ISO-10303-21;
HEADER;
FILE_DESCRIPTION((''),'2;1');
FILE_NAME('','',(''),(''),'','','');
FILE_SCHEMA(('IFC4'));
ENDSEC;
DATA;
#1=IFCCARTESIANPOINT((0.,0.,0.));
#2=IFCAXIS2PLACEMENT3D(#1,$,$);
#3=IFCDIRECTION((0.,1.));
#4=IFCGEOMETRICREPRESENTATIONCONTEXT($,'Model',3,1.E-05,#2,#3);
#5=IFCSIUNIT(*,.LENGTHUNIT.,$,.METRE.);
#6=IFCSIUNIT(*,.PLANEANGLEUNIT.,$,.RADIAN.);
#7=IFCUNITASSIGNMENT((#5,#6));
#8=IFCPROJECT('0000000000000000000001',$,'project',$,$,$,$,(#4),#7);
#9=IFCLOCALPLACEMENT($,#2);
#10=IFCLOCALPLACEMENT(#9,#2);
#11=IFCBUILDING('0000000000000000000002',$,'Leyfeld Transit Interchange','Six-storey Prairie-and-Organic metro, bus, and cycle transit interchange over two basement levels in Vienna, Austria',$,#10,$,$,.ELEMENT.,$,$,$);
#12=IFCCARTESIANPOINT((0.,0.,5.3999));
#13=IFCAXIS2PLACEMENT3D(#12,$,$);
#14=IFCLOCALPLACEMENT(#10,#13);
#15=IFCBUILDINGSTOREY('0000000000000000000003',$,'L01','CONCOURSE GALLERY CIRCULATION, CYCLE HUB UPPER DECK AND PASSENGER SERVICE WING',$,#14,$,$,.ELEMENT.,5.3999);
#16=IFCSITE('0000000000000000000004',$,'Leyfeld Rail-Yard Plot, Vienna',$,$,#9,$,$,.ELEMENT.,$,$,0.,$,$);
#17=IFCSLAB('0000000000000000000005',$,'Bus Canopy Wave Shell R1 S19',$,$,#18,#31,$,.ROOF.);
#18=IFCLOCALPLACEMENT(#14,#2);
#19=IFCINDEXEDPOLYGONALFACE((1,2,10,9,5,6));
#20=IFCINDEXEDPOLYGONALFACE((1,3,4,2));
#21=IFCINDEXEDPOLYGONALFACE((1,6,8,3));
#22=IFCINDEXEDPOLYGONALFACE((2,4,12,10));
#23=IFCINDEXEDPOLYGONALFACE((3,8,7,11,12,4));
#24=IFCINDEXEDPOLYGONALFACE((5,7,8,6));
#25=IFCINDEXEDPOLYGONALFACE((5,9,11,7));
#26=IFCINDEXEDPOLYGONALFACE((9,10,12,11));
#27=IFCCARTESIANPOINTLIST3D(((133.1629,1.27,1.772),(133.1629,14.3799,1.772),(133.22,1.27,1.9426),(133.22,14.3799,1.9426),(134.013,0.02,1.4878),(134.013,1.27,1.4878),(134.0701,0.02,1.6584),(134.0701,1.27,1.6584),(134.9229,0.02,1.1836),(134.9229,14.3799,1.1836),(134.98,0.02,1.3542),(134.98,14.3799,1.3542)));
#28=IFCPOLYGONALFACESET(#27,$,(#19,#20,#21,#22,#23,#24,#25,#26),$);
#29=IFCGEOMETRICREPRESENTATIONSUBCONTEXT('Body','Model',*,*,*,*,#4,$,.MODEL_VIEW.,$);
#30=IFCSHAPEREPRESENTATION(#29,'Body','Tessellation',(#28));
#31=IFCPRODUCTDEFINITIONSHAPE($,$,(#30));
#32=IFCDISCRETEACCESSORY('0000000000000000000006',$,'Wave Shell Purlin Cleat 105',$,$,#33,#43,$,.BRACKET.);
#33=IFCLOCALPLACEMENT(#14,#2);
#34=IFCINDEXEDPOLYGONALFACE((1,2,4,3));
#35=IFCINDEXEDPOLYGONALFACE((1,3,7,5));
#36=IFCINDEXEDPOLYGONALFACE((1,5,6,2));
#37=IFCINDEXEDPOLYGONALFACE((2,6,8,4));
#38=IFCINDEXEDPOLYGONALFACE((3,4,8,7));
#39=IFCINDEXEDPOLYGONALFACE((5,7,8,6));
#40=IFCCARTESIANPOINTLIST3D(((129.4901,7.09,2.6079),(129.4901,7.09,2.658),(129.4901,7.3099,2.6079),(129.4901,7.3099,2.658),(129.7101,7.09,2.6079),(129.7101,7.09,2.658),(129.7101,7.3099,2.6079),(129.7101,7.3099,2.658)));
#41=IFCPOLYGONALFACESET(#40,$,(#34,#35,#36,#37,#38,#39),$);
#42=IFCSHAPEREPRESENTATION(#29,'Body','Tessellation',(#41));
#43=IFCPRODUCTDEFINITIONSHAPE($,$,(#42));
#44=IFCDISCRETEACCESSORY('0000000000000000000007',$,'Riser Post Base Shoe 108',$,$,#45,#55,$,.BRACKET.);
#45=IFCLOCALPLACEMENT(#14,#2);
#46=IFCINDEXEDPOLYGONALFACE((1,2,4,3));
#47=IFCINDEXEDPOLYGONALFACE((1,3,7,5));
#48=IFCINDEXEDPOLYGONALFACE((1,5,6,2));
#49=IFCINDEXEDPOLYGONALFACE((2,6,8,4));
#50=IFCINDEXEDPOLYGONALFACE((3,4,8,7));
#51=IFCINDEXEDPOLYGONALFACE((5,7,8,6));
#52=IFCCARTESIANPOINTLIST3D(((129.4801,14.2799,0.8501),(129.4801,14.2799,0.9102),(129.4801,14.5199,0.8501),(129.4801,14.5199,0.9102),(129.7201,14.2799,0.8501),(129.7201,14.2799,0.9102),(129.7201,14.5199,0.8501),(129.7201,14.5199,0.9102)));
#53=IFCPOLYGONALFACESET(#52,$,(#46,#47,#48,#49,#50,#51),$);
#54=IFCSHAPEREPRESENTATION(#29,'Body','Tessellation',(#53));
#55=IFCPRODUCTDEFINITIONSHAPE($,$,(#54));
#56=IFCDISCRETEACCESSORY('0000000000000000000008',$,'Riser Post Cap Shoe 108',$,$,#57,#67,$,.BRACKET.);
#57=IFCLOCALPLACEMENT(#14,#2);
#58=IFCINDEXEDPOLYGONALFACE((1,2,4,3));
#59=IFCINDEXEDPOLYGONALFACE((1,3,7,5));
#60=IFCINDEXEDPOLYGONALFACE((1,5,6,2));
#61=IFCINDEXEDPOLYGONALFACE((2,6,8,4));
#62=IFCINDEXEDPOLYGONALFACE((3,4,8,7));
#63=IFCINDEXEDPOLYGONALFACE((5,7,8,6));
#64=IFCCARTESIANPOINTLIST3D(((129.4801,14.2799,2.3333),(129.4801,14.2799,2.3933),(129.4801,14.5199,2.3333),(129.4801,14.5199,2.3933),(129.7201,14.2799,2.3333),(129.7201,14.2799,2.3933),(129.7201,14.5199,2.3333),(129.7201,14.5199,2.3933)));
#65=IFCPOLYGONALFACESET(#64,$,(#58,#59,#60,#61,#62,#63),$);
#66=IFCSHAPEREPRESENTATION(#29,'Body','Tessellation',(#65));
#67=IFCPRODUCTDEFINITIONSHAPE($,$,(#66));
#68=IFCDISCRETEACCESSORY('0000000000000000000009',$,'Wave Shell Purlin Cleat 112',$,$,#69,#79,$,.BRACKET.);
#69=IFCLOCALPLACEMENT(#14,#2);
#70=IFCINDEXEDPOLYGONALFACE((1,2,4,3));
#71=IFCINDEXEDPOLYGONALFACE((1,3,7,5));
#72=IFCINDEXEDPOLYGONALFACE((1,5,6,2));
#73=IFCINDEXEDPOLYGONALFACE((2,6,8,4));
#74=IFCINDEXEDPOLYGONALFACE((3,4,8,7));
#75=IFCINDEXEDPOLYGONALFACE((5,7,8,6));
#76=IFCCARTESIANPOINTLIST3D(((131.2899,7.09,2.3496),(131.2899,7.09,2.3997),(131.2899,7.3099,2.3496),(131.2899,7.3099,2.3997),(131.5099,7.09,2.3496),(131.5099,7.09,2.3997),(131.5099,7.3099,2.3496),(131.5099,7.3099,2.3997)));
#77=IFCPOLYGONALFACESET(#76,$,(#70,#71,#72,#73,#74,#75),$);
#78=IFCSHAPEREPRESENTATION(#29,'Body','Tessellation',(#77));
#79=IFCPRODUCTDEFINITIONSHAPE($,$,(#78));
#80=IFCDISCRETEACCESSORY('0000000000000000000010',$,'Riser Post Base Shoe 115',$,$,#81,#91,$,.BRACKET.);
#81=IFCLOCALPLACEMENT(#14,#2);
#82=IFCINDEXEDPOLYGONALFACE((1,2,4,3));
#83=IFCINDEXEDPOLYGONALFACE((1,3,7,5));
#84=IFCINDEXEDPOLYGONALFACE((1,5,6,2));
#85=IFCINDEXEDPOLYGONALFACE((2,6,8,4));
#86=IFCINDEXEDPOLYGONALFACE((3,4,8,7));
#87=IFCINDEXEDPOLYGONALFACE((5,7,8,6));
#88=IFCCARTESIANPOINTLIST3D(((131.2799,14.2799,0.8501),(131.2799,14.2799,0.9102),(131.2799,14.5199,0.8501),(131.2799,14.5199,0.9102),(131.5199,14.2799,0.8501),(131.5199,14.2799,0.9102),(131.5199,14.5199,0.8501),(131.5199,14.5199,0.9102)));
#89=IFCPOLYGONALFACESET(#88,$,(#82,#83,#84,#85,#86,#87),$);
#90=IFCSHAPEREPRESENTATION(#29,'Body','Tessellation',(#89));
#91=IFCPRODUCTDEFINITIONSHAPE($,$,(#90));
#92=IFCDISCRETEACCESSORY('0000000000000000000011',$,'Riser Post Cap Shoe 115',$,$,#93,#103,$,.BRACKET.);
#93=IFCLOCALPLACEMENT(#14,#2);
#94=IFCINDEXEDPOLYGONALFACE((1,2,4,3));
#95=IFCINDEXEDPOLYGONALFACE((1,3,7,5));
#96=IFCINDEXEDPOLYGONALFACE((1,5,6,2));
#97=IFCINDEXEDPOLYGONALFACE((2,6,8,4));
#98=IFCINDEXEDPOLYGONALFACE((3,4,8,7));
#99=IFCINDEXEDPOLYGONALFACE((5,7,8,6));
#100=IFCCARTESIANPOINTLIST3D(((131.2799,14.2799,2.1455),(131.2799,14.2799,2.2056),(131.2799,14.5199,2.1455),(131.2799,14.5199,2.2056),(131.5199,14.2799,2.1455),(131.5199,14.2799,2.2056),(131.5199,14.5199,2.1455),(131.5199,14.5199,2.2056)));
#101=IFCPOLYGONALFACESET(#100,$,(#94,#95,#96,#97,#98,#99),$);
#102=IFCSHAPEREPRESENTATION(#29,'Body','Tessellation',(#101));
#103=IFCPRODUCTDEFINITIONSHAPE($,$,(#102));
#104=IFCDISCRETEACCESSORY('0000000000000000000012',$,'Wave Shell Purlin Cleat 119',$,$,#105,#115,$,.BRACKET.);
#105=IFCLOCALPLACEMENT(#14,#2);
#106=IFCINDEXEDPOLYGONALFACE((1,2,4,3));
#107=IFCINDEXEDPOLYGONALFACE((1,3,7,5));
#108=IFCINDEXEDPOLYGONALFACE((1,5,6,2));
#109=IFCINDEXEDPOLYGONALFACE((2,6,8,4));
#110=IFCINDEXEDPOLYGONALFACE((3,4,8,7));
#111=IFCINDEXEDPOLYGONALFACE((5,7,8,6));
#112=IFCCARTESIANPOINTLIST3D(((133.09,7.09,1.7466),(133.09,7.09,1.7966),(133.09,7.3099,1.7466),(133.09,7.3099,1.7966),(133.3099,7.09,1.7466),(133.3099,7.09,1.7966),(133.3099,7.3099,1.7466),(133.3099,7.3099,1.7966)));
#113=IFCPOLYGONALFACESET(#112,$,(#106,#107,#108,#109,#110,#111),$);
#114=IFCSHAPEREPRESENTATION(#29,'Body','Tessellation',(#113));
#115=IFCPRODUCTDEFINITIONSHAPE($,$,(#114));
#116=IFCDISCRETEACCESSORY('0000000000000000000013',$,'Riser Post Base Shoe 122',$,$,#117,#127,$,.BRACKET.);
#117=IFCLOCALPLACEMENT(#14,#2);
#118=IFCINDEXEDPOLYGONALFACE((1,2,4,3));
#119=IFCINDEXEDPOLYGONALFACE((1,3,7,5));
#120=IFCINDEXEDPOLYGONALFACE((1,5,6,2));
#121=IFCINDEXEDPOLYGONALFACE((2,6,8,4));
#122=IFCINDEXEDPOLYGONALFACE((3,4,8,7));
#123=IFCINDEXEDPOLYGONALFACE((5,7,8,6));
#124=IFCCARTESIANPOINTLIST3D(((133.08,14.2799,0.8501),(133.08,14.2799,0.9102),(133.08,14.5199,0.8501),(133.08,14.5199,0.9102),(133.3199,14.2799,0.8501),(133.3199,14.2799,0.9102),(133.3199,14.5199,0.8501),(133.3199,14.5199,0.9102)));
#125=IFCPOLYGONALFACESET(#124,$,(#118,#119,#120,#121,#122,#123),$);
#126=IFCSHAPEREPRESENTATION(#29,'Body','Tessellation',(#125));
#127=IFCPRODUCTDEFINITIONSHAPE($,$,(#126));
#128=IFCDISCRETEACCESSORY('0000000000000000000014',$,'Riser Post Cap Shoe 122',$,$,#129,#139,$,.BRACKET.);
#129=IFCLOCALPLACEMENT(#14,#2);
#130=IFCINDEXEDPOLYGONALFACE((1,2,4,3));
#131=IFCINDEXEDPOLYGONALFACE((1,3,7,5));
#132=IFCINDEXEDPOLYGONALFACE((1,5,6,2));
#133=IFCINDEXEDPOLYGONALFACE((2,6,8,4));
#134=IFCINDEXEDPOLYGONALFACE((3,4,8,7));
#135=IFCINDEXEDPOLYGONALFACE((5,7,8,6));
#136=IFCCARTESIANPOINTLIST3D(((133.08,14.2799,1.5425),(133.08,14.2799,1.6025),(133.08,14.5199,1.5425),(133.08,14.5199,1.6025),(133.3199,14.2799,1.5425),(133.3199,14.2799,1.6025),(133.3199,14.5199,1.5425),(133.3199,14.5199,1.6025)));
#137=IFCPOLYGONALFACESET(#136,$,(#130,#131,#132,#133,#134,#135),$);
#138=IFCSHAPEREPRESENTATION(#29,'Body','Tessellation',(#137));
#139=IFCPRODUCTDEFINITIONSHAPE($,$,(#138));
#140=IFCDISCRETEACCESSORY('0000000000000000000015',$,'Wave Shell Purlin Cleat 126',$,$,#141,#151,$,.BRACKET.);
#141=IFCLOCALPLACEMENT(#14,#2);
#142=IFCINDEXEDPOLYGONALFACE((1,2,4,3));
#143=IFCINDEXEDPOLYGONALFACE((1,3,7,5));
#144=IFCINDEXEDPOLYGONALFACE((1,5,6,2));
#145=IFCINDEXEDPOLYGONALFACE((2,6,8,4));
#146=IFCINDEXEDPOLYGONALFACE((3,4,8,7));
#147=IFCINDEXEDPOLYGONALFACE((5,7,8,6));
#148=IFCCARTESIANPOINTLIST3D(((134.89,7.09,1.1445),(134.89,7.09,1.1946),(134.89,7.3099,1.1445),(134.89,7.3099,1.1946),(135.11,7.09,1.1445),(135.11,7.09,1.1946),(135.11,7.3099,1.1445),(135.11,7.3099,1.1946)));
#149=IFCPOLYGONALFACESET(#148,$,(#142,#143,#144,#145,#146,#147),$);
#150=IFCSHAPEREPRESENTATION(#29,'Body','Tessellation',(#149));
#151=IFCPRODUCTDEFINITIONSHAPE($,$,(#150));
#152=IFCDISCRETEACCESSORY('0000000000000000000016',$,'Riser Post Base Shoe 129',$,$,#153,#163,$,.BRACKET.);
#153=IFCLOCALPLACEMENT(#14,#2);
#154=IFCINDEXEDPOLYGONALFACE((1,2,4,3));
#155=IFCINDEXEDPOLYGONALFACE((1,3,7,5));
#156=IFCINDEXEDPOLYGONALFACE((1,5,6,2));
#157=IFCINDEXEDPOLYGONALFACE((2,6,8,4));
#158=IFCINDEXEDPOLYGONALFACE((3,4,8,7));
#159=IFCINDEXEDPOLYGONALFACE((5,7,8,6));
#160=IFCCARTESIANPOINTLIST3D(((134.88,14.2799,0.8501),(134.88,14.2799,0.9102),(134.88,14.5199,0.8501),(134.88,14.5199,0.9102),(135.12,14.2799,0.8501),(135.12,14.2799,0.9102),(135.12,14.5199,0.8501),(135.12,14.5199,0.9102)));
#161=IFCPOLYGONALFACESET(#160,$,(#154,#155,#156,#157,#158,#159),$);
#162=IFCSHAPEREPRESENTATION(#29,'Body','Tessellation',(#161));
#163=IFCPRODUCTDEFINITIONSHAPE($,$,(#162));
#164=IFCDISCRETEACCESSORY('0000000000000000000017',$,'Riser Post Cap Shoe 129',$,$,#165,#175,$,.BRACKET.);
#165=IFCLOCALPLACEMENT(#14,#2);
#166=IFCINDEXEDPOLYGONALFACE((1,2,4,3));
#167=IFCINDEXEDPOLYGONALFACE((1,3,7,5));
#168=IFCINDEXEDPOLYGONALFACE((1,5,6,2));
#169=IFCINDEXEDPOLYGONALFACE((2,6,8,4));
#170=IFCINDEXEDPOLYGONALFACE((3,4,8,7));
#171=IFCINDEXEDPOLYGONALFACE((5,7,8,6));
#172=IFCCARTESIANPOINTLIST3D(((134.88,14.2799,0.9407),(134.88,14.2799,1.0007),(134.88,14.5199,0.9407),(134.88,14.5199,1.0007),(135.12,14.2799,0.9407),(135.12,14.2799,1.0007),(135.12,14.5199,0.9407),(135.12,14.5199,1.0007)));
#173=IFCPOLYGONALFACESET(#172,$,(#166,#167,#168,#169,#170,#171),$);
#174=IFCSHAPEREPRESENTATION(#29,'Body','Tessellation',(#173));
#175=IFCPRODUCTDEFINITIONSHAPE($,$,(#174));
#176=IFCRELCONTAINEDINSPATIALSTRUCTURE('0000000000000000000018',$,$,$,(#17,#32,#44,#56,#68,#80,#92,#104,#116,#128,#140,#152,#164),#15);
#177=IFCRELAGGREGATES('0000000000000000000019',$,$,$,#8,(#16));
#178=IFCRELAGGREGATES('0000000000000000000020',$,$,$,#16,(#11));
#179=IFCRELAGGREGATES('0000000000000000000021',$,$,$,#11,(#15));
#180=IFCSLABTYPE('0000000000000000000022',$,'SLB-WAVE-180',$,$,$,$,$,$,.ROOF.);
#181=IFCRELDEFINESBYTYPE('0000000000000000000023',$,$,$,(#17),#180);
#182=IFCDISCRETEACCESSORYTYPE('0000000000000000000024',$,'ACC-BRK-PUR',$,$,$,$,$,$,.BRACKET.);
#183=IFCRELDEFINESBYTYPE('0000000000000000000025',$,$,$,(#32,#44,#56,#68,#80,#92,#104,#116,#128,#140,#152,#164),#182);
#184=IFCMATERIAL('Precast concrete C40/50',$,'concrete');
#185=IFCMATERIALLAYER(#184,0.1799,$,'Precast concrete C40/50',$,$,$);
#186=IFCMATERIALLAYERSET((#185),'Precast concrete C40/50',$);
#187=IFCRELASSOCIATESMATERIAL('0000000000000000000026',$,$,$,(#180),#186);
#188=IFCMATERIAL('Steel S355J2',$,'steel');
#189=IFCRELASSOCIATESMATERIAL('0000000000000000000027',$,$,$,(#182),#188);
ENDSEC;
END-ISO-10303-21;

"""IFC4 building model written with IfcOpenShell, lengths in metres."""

from ifc_helpers import new_model, si_unit, direction, frame, origin, origin_2d, place, context, subcontext, project, spatial, polyline, rectangle, outline, extrude, material, layer, layer_set, type_object, element, save


model = new_model("IFC4")

# Units and contexts
model_context = context("Model", 3, precision=1e-05, world=origin(), true_north=direction((0.0, 1.0)))
body_context = subcontext(model_context, "Body", "Model", "MODEL_VIEW")
ifc_project = project(units=[si_unit("LENGTHUNIT", "METRE"), si_unit("PLANEANGLEUNIT", "RADIAN")], contexts=[model_context])

# Site, building, storey
site_placement = place(None, origin())
site = spatial("IfcSite", under=ifc_project, at=site_placement, Name="Leyfeld Rail-Yard Plot, Vienna", CompositionType="ELEMENT", RefElevation=0.0)
building_placement = place(site_placement, origin())
building = spatial("IfcBuilding", under=site, at=building_placement, Name="Leyfeld Transit Interchange", Description="Six-storey Prairie-and-Organic metro, bus, and cycle transit interchange over two basement levels in Vienna, Austria", CompositionType="ELEMENT")
storey_placement = place(building_placement, frame((0.0, 0.0, 5.3999)))
storey = spatial("IfcBuildingStorey", under=building, at=storey_placement, Name="L01", Description="CONCOURSE GALLERY CIRCULATION, CYCLE HUB UPPER DECK AND PASSENGER SERVICE WING", CompositionType="ELEMENT", Elevation=5.3999)

# Shared definitions
ifc_material_1 = material(Name="Steel S355J2", Category="steel")

# Slab
ifc_material_2 = material(Name="Precast concrete C40/50", Category="concrete")
ifc_layer = layer(ifc_material_2, 0.1799, Name="Precast concrete C40/50")
ifc_layer_set = layer_set([ifc_layer], Name="Precast concrete C40/50")
slab_type = type_object("IfcSlabType", Name="SLB-WAVE-180", PredefinedType="ROOF", material=ifc_layer_set)
slab_placement = place(storey_placement, frame((133.22, 1.27, 1.9426), z_axis=(0.317057, 0.0, 0.948406), x_axis=(0.948406, 0.0, -0.317057)))
element("IfcSlab", 1, at=slab_placement, inside=storey, type_object=slab_type, Name="Bus Canopy Wave Shell R1 S19", PredefinedType="ROOF", context=body_context, shape_type="SweptSolid", body=[
    extrude(outline(polyline([(0.0, 0.0), (0.8963, 0.0), (0.8963, -1.25), (1.8558, -1.25), (1.8558, 13.1099), (0.0, 13.1099), (0.0, 0.0)])), origin(), (0.0, 0.0, -1.0), 0.1799),
])

# Discrete accessories
discrete_accessory_type = type_object("IfcDiscreteAccessoryType", Name="ACC-BRK-PUR", PredefinedType="BRACKET", material=ifc_material_1)
discrete_accessory_1_placement = place(storey_placement, frame((129.6001, 7.2, 2.6079), z_axis=(0.0, 0.0, 1.0), x_axis=(1.0, 0.0, 0.0)))
element("IfcDiscreteAccessory", 2, at=discrete_accessory_1_placement, inside=storey, type_object=discrete_accessory_type, Name="Wave Shell Purlin Cleat 105", PredefinedType="BRACKET", context=body_context, shape_type="SweptSolid", body=[
    extrude(rectangle(XDim=0.22, YDim=0.22, at=origin_2d()), origin(), (0.0, 0.0, 1.0), 0.05),
])
for number, where, z_axis, x_axis, name in (
    (3, (129.6001, 14.3999, 0.8501), (0.0, 0.0, 1.0), (1.0, 0.0, 0.0), "Riser Post Base Shoe 108"),
    (4, (129.6001, 14.3999, 2.3333), (0.0, 0.0, 1.0), (1.0, 0.0, 0.0), "Riser Post Cap Shoe 108"),
):
    element("IfcDiscreteAccessory", number, at=place(storey_placement, frame(where, z_axis=z_axis, x_axis=x_axis)), inside=storey, type_object=discrete_accessory_type, Name=name, PredefinedType="BRACKET", context=body_context, shape_type="SweptSolid", body=[
        extrude(rectangle(XDim=0.24, YDim=0.24, at=origin_2d()), origin(), (0.0, 0.0, 1.0), 0.0601),
    ])
discrete_accessory_2_placement = place(storey_placement, frame((131.3999, 7.2, 2.3496), z_axis=(0.0, 0.0, 1.0), x_axis=(1.0, 0.0, 0.0)))
element("IfcDiscreteAccessory", 5, at=discrete_accessory_2_placement, inside=storey, type_object=discrete_accessory_type, Name="Wave Shell Purlin Cleat 112", PredefinedType="BRACKET", context=body_context, shape_type="SweptSolid", body=[
    extrude(rectangle(XDim=0.22, YDim=0.22, at=origin_2d()), origin(), (0.0, 0.0, 1.0), 0.05),
])
for number, where, z_axis, x_axis, name in (
    (6, (131.3999, 14.3999, 0.8501), (0.0, 0.0, 1.0), (1.0, 0.0, 0.0), "Riser Post Base Shoe 115"),
    (7, (131.3999, 14.3999, 2.1455), (0.0, 0.0, 1.0), (1.0, 0.0, 0.0), "Riser Post Cap Shoe 115"),
):
    element("IfcDiscreteAccessory", number, at=place(storey_placement, frame(where, z_axis=z_axis, x_axis=x_axis)), inside=storey, type_object=discrete_accessory_type, Name=name, PredefinedType="BRACKET", context=body_context, shape_type="SweptSolid", body=[
        extrude(rectangle(XDim=0.24, YDim=0.24, at=origin_2d()), origin(), (0.0, 0.0, 1.0), 0.0601),
    ])
discrete_accessory_3_placement = place(storey_placement, frame((133.2, 7.2, 1.7466), z_axis=(0.0, 0.0, 1.0), x_axis=(1.0, 0.0, 0.0)))
element("IfcDiscreteAccessory", 8, at=discrete_accessory_3_placement, inside=storey, type_object=discrete_accessory_type, Name="Wave Shell Purlin Cleat 119", PredefinedType="BRACKET", context=body_context, shape_type="SweptSolid", body=[
    extrude(rectangle(XDim=0.22, YDim=0.22, at=origin_2d()), origin(), (0.0, 0.0, 1.0), 0.05),
])
for number, where, z_axis, x_axis, name in (
    (9, (133.2, 14.3999, 0.8501), (0.0, 0.0, 1.0), (1.0, 0.0, 0.0), "Riser Post Base Shoe 122"),
    (10, (133.2, 14.3999, 1.5425), (0.0, 0.0, 1.0), (1.0, 0.0, 0.0), "Riser Post Cap Shoe 122"),
):
    element("IfcDiscreteAccessory", number, at=place(storey_placement, frame(where, z_axis=z_axis, x_axis=x_axis)), inside=storey, type_object=discrete_accessory_type, Name=name, PredefinedType="BRACKET", context=body_context, shape_type="SweptSolid", body=[
        extrude(rectangle(XDim=0.24, YDim=0.24, at=origin_2d()), origin(), (0.0, 0.0, 1.0), 0.0601),
    ])
discrete_accessory_4_placement = place(storey_placement, frame((135.0, 7.2, 1.1445), z_axis=(0.0, 0.0, 1.0), x_axis=(1.0, 0.0, 0.0)))
element("IfcDiscreteAccessory", 11, at=discrete_accessory_4_placement, inside=storey, type_object=discrete_accessory_type, Name="Wave Shell Purlin Cleat 126", PredefinedType="BRACKET", context=body_context, shape_type="SweptSolid", body=[
    extrude(rectangle(XDim=0.22, YDim=0.22, at=origin_2d()), origin(), (0.0, 0.0, 1.0), 0.05),
])
for number, where, z_axis, x_axis, name in (
    (12, (135.0, 14.3999, 0.8501), (0.0, 0.0, 1.0), (1.0, 0.0, 0.0), "Riser Post Base Shoe 129"),
    (13, (135.0, 14.3999, 0.9407), (0.0, 0.0, 1.0), (1.0, 0.0, 0.0), "Riser Post Cap Shoe 129"),
):
    element("IfcDiscreteAccessory", number, at=place(storey_placement, frame(where, z_axis=z_axis, x_axis=x_axis)), inside=storey, type_object=discrete_accessory_type, Name=name, PredefinedType="BRACKET", context=body_context, shape_type="SweptSolid", body=[
        extrude(rectangle(XDim=0.24, YDim=0.24, at=origin_2d()), origin(), (0.0, 0.0, 1.0), 0.0601),
    ])

save(model, "model.ifc")
